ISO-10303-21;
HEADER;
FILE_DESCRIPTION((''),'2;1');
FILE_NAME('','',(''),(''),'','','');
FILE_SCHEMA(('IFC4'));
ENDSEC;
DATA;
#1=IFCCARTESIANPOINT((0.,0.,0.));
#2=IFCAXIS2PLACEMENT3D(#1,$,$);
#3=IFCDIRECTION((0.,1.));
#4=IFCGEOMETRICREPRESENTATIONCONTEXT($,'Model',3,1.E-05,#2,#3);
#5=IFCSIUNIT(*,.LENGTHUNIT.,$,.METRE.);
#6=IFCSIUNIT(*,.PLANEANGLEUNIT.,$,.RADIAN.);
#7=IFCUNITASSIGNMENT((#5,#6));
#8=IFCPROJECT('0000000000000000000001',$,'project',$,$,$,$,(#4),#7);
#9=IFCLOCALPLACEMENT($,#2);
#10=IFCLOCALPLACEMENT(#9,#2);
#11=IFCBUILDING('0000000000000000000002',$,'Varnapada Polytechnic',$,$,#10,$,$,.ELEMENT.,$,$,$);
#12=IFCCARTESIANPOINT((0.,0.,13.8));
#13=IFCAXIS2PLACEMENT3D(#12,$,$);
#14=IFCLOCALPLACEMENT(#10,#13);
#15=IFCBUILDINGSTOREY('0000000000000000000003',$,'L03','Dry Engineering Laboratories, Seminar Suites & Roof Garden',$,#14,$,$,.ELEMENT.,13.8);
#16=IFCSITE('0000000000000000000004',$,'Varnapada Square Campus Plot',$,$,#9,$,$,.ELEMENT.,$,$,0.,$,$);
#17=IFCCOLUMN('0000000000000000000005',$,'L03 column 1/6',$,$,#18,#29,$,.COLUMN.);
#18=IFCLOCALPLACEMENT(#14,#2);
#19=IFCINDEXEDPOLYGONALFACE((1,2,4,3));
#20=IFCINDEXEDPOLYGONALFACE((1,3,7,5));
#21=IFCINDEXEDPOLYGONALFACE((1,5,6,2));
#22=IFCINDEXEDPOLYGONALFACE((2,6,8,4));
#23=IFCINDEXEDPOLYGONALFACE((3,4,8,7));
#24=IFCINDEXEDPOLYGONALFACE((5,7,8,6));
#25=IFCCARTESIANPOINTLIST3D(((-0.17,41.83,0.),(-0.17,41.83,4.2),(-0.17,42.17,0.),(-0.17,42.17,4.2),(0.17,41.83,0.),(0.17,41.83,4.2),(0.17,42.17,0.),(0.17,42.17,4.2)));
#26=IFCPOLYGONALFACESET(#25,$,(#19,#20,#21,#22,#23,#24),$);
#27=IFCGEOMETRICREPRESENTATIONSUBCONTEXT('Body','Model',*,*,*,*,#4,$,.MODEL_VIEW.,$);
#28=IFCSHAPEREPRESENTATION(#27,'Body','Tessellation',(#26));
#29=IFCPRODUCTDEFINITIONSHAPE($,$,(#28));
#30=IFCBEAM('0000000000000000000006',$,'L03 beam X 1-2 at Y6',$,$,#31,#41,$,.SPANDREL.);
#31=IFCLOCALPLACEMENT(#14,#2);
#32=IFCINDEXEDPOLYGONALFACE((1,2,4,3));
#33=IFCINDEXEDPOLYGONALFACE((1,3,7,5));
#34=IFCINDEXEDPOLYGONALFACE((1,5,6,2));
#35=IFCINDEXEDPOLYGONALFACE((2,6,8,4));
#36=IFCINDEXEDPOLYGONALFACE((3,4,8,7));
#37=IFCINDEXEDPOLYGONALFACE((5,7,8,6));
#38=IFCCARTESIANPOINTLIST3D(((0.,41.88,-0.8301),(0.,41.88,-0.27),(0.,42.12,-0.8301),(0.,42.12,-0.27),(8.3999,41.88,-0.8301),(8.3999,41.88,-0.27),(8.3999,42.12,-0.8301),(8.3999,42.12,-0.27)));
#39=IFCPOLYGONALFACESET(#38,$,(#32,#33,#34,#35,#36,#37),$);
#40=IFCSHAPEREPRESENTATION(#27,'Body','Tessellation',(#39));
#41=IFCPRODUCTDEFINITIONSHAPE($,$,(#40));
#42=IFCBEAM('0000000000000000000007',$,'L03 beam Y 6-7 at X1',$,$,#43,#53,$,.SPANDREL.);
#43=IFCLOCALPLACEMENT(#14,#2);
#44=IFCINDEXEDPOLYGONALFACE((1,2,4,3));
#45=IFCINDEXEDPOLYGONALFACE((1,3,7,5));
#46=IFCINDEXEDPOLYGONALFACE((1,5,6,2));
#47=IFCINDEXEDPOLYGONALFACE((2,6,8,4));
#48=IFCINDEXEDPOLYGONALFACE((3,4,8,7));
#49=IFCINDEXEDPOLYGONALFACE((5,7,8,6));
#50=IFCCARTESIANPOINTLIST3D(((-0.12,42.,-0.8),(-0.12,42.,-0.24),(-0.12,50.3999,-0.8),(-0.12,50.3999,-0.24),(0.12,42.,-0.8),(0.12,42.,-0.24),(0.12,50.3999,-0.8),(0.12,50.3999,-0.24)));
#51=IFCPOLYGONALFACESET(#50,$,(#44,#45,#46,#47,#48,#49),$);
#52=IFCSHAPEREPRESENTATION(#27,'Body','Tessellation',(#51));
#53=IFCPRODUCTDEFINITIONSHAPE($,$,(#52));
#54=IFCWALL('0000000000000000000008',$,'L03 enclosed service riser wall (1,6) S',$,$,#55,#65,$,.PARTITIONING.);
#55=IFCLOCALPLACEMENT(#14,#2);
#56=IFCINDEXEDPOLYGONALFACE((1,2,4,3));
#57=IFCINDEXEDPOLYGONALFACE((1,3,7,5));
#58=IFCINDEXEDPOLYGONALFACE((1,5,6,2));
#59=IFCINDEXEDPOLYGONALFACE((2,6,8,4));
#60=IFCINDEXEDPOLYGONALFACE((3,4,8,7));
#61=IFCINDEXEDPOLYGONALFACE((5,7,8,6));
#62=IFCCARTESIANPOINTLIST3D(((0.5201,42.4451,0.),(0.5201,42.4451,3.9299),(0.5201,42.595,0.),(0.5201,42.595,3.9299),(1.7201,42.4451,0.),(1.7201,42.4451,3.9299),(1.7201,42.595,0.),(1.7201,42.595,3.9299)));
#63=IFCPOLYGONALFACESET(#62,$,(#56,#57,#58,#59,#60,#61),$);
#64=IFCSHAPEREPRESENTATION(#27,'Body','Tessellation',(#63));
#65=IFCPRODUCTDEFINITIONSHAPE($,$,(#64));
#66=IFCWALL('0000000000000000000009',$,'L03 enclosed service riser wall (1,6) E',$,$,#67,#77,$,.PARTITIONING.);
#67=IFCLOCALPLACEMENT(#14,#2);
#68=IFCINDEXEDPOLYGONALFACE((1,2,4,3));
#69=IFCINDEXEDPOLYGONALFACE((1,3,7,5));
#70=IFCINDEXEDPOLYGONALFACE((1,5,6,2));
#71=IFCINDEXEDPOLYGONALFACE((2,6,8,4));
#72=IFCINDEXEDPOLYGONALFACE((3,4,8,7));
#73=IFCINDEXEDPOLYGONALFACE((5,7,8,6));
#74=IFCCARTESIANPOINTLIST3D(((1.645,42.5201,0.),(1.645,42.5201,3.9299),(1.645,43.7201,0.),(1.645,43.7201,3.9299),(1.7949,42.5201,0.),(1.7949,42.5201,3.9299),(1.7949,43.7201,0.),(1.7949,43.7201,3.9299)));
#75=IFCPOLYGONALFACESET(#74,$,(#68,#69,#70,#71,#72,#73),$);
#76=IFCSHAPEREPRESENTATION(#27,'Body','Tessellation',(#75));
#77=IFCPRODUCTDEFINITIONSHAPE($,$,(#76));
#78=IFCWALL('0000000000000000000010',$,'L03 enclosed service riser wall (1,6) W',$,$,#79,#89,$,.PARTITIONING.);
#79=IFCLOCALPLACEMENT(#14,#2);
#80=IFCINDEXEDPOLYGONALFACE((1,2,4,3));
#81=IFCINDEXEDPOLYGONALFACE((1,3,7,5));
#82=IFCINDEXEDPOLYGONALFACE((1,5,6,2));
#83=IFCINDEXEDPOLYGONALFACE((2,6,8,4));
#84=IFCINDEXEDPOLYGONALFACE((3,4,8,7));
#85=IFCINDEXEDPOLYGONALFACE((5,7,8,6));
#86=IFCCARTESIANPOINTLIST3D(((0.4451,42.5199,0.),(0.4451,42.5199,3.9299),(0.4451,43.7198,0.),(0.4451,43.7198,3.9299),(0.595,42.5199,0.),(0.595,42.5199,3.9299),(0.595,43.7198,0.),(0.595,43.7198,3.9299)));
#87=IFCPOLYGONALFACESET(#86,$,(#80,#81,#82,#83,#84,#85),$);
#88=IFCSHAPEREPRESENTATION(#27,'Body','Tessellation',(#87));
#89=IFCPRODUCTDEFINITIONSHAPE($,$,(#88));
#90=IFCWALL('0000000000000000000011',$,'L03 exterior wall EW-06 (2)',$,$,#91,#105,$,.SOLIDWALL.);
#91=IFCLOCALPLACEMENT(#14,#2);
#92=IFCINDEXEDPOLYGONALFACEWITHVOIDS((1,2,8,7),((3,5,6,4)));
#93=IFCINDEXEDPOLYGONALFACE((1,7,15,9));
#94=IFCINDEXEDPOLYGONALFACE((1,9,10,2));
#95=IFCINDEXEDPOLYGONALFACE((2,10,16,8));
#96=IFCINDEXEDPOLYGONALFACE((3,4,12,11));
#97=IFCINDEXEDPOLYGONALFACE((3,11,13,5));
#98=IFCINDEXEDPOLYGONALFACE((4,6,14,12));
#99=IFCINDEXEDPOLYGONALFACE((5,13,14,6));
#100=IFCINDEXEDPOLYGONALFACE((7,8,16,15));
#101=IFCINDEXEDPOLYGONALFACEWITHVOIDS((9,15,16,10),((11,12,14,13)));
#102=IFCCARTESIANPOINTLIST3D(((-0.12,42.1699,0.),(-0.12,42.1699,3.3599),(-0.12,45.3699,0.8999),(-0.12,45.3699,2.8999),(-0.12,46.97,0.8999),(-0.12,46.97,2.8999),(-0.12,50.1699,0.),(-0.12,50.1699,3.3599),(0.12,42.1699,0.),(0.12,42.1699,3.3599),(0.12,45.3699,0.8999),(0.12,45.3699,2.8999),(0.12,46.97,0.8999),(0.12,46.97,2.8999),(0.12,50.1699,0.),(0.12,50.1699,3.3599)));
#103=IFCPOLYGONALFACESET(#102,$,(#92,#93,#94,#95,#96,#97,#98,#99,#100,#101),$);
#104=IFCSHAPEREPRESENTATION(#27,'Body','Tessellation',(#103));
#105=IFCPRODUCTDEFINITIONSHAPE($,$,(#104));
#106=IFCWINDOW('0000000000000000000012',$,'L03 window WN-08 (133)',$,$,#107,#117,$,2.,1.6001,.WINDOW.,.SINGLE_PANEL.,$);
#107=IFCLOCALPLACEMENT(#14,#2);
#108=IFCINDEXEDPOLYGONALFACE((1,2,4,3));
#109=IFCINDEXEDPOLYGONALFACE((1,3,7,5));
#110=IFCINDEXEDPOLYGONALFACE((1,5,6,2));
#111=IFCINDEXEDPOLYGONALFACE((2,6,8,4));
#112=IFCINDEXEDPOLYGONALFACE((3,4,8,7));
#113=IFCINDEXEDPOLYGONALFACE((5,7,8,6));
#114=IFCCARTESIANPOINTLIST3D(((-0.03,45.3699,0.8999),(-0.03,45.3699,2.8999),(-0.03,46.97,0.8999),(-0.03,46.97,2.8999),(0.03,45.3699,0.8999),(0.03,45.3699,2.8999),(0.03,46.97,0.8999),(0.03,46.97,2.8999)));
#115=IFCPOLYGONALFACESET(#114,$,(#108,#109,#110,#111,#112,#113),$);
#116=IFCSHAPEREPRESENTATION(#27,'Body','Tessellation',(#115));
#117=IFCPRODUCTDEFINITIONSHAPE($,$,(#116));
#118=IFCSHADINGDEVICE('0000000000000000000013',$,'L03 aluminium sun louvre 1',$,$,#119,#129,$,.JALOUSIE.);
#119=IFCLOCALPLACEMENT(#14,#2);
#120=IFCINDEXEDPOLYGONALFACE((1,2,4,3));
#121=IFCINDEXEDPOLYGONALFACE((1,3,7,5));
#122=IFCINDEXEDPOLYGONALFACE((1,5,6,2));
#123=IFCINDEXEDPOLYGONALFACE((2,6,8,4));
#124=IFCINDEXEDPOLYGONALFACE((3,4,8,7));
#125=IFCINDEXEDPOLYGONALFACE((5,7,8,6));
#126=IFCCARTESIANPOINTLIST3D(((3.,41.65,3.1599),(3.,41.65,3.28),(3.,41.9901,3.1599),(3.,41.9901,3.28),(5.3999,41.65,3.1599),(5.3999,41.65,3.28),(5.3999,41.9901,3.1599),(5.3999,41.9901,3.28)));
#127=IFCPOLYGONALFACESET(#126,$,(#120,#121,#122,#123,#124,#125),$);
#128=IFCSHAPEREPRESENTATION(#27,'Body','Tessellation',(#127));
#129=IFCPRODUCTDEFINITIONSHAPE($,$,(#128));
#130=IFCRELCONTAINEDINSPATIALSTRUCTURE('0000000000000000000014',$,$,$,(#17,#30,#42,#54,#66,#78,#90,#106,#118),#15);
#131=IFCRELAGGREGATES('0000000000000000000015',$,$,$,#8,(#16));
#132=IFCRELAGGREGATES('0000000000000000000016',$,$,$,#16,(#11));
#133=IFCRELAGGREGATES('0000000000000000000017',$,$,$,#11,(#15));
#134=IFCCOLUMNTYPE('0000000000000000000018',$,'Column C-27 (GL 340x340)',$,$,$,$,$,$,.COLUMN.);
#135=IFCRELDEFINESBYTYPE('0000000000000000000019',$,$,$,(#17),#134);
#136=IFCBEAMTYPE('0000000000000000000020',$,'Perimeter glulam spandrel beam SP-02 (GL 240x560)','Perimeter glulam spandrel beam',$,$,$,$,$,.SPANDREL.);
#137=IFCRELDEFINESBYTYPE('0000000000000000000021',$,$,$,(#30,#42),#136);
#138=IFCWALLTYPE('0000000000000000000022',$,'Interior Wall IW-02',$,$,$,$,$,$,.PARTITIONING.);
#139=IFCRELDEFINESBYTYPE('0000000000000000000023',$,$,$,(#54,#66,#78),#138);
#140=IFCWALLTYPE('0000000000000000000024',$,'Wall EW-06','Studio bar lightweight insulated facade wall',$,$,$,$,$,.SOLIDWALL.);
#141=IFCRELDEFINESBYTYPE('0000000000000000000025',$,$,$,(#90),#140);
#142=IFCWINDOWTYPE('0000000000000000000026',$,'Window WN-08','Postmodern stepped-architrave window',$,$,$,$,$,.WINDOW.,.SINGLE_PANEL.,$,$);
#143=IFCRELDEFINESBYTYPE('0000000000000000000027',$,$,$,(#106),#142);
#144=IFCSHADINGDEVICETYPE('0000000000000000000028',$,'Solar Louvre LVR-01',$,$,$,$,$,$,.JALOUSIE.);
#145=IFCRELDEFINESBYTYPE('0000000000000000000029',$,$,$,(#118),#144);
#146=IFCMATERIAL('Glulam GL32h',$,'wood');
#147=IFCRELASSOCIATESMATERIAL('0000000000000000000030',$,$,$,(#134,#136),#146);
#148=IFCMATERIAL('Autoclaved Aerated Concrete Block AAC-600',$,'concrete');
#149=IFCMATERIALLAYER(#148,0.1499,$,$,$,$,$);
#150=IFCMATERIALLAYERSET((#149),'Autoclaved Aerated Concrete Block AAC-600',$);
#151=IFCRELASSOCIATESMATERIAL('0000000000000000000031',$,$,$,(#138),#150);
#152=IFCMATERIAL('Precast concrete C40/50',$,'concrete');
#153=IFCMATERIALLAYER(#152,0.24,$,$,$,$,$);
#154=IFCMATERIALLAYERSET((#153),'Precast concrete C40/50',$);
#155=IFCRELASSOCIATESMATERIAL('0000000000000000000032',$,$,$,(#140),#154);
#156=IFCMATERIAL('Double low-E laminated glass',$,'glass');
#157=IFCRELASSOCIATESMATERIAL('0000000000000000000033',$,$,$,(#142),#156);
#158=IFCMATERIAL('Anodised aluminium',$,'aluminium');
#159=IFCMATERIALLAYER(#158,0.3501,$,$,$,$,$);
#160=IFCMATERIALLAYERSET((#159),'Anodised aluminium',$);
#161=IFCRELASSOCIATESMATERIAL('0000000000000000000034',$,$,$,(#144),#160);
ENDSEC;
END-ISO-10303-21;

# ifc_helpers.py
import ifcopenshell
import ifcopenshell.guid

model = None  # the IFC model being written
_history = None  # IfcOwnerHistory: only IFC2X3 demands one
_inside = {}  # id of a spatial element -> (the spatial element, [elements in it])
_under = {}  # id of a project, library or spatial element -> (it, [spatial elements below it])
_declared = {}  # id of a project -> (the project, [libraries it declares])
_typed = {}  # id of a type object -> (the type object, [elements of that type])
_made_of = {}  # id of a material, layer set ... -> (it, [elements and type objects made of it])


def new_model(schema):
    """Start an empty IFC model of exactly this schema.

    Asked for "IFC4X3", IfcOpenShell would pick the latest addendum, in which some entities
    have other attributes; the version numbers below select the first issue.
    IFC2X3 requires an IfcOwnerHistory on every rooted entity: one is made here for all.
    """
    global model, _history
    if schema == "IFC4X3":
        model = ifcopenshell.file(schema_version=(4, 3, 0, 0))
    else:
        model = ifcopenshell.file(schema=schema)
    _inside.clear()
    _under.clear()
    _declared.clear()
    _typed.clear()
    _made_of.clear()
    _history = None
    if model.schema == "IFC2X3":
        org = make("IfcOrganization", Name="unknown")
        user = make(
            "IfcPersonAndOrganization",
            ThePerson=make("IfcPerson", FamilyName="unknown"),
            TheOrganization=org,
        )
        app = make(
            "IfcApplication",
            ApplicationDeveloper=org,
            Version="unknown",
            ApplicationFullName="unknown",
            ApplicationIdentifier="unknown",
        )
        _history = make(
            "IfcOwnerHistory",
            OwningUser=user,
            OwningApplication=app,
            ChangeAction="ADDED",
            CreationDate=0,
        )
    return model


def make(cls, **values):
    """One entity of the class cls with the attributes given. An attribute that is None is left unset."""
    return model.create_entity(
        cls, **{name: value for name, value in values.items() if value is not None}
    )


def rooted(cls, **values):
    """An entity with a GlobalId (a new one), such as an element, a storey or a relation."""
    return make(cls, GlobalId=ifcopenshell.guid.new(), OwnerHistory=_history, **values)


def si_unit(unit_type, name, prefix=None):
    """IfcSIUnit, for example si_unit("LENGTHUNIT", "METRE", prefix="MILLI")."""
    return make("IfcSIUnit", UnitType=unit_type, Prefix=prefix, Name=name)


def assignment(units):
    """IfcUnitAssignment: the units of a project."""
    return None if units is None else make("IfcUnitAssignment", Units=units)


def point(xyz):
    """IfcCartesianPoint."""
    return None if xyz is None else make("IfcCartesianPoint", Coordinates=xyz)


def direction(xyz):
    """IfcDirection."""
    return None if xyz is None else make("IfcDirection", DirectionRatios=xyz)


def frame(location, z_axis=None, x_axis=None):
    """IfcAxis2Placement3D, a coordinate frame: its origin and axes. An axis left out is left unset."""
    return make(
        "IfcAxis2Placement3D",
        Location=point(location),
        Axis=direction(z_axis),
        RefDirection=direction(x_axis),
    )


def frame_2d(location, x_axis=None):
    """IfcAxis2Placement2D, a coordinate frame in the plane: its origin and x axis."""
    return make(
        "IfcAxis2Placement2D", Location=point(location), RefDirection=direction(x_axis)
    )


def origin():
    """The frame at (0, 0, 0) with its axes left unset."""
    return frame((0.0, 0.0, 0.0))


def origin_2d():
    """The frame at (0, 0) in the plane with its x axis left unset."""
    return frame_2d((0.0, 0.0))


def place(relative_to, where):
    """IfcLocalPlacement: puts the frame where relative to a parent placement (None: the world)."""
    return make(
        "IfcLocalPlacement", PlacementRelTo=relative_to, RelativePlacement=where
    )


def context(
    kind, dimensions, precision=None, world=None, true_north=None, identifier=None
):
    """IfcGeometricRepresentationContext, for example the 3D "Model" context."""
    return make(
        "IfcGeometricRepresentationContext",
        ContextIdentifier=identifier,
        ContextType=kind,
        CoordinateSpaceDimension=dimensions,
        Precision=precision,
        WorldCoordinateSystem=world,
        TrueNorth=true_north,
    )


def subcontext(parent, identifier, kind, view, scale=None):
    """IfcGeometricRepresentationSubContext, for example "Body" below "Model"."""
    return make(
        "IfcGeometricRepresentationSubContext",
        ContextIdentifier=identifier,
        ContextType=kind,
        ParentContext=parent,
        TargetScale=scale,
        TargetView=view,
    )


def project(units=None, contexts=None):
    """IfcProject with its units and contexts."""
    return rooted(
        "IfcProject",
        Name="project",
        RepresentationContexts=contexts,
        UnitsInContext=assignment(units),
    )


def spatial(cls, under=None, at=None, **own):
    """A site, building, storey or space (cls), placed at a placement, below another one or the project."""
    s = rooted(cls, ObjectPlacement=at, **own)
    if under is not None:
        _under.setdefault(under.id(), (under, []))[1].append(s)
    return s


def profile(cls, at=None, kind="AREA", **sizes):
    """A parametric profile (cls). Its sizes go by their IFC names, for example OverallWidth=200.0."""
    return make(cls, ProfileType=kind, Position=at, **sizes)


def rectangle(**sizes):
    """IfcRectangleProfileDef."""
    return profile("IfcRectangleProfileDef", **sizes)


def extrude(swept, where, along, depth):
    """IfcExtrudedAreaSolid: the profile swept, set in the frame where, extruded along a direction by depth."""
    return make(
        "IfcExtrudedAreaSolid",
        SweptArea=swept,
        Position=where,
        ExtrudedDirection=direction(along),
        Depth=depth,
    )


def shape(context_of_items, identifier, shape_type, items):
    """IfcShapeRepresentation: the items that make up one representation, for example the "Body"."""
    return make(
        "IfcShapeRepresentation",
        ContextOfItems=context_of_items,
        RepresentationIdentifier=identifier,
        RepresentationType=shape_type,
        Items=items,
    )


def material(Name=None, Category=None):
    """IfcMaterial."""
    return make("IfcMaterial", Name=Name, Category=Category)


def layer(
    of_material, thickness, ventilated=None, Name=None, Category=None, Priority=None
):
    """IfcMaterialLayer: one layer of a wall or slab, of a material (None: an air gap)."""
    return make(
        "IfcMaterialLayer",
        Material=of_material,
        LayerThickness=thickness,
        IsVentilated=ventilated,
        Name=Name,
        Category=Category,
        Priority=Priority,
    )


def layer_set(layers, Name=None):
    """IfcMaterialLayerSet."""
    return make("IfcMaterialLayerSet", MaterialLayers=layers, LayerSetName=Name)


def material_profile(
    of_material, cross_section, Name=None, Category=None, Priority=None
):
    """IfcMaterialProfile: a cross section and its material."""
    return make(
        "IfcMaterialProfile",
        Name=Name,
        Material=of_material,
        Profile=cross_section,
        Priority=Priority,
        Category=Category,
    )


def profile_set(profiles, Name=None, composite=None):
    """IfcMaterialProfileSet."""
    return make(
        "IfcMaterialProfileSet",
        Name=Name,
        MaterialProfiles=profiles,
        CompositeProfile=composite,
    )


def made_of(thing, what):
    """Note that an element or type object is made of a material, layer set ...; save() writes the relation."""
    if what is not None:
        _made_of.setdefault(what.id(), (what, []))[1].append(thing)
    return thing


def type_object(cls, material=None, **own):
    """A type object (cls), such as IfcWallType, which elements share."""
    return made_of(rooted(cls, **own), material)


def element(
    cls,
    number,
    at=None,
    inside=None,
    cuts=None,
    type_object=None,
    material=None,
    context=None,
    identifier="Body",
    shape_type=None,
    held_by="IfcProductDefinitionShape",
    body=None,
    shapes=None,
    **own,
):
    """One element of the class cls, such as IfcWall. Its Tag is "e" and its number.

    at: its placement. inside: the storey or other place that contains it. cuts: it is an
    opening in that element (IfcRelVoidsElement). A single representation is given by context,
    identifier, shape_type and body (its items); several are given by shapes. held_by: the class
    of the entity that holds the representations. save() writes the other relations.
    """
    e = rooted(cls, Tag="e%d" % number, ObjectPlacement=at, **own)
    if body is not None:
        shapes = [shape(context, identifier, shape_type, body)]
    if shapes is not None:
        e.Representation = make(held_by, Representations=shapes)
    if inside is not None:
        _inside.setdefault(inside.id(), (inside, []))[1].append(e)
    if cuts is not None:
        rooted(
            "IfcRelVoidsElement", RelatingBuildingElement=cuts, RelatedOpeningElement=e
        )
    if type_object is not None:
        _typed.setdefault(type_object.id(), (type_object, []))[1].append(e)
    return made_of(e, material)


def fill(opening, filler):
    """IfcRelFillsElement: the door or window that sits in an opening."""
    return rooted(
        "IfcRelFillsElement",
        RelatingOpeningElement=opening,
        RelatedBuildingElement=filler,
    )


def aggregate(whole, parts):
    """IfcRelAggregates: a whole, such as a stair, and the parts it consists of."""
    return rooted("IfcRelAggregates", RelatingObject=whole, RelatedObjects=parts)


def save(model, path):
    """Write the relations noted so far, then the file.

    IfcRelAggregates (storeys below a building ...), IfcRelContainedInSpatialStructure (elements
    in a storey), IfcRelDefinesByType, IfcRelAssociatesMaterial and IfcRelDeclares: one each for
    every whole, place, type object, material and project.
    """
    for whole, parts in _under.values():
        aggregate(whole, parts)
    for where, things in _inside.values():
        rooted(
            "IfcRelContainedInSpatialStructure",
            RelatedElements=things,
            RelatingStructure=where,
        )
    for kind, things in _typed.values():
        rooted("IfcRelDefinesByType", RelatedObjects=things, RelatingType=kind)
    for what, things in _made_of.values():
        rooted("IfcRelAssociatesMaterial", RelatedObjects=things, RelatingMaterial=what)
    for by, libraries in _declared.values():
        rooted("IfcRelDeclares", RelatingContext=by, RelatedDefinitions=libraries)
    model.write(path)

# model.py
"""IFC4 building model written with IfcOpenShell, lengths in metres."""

from ifc_helpers import new_model, si_unit, direction, frame, frame_2d, origin, origin_2d, place, context, subcontext, project, spatial, rectangle, extrude, material, layer, layer_set, material_profile, profile_set, type_object, element, fill, save


model = new_model("IFC4")

# Units and contexts
model_context = context("Model", 3, precision=1e-05, world=origin(), true_north=direction((0.0, 1.0)))
body_context = subcontext(model_context, "Body", "Model", "MODEL_VIEW")
ifc_project = project(units=[si_unit("LENGTHUNIT", "METRE"), si_unit("PLANEANGLEUNIT", "RADIAN")], contexts=[model_context])

# Site, building, storey
site_placement = place(None, origin())
site = spatial("IfcSite", under=ifc_project, at=site_placement, Name="Varnapada Square Campus Plot", CompositionType="ELEMENT", RefElevation=0.0)
building_placement = place(site_placement, origin())
building = spatial("IfcBuilding", under=site, at=building_placement, Name="Varnapada Polytechnic", CompositionType="ELEMENT")
storey_placement = place(building_placement, frame((0.0, 0.0, 13.8)))
storey = spatial("IfcBuildingStorey", under=building, at=storey_placement, Name="L03", Description="Dry Engineering Laboratories, Seminar Suites & Roof Garden", CompositionType="ELEMENT", Elevation=13.8)

# Column
ifc_material_1 = material(Name="Glulam GL32h", Category="wood")
ifc_material_profile_1 = material_profile(ifc_material_1, rectangle(XDim=0.3401, YDim=0.3401, at=origin_2d()), Name="GL 340x340")
ifc_profile_set_1 = profile_set([ifc_material_profile_1], Name="Glulam GL32h")
column_type = type_object("IfcColumnType", Name="Column C-27 (GL 340x340)", PredefinedType="COLUMN", material=ifc_profile_set_1)
column_placement = place(storey_placement, frame((0.0, 42.0, 0.0), z_axis=(0.0, 0.0, 1.0), x_axis=(1.0, 0.0, 0.0)))
element("IfcColumn", 1, at=column_placement, inside=storey, type_object=column_type, Name="L03 column 1/6", PredefinedType="COLUMN", context=body_context, shape_type="SweptSolid", body=[
    extrude(rectangle(XDim=0.3401, YDim=0.3401, at=origin_2d()), origin(), (0.0, 0.0, 1.0), 4.2),
])

# Beams
ifc_material_profile_2 = material_profile(ifc_material_1, rectangle(XDim=0.24, YDim=0.5601, at=origin_2d()), Name="GL 240x560")
ifc_profile_set_2 = profile_set([ifc_material_profile_2], Name="Glulam GL32h")
beam_type = type_object("IfcBeamType", Name="Perimeter glulam spandrel beam SP-02 (GL 240x560)", Description="Perimeter glulam spandrel beam", PredefinedType="SPANDREL", material=ifc_profile_set_2)
for number, where, z_axis, x_axis, name in (
    (2, (0.0, 42.0, -0.55), (1.0, 0.0, 0.0), (0.0, 1.0, 0.0), "L03 beam X 1-2 at Y6"),
    (3, (0.0, 42.0, -0.52), (0.0, 1.0, 0.0), (-1.0, 0.0, 0.0), "L03 beam Y 6-7 at X1"),
):
    element("IfcBeam", number, at=place(storey_placement, frame(where, z_axis=z_axis, x_axis=x_axis)), inside=storey, type_object=beam_type, Name=name, PredefinedType="SPANDREL", context=body_context, shape_type="SweptSolid", body=[
        extrude(rectangle(XDim=0.24, YDim=0.5601, at=origin_2d()), origin(), (0.0, 0.0, 1.0), 8.3999),
    ])

# Walls
ifc_material_2 = material(Name="Autoclaved Aerated Concrete Block AAC-600", Category="concrete")
ifc_layer_1 = layer(ifc_material_2, 0.1499)
ifc_layer_set_1 = layer_set([ifc_layer_1], Name="Autoclaved Aerated Concrete Block AAC-600")
wall_type_1 = type_object("IfcWallType", Name="Interior Wall IW-02", PredefinedType="PARTITIONING", material=ifc_layer_set_1)
for number, where, z_axis, x_axis, name in (
    (4, (0.52, 42.52, 0.0), (0.0, 0.0, 1.0), (1.0, 0.0, 0.0), "L03 enclosed service riser wall (1,6) S"),
    (5, (1.72, 42.52, 0.0), (0.0, 0.0, 1.0), (0.0, 1.0, 0.0), "L03 enclosed service riser wall (1,6) E"),
    (6, (0.52, 43.72, 0.0), (0.0, 0.0, 1.0), (0.0, -1.0, 0.0), "L03 enclosed service riser wall (1,6) W"),
):
    element("IfcWall", number, at=place(storey_placement, frame(where, z_axis=z_axis, x_axis=x_axis)), inside=storey, type_object=wall_type_1, Name=name, PredefinedType="PARTITIONING", context=body_context, shape_type="SweptSolid", body=[
        extrude(rectangle(XDim=1.2, YDim=0.1499, at=frame_2d((0.6001, 0.0))), origin(), (0.0, 0.0, 1.0), 3.9299),
    ])

# Wall, opening, window
ifc_material_3 = material(Name="Precast concrete C40/50", Category="concrete")
ifc_layer_2 = layer(ifc_material_3, 0.24)
ifc_layer_set_2 = layer_set([ifc_layer_2], Name="Precast concrete C40/50")
wall_type_2 = type_object("IfcWallType", Name="Wall EW-06", Description="Studio bar lightweight insulated facade wall", PredefinedType="SOLIDWALL", material=ifc_layer_set_2)
wall_placement = place(storey_placement, frame((0.0, 42.1699, 0.0), z_axis=(0.0, 0.0, 1.0), x_axis=(0.0, 1.0, 0.0)))
wall = element("IfcWall", 7, at=wall_placement, inside=storey, type_object=wall_type_2, Name="L03 exterior wall EW-06 (2)", PredefinedType="SOLIDWALL", context=body_context, shape_type="SweptSolid", body=[
    extrude(rectangle(XDim=8.0, YDim=0.24, at=frame_2d((4.0, 0.0))), origin(), (0.0, 0.0, 1.0), 3.3599),
])
opening_1_placement = place(wall_placement, frame((3.2, 0.0, 0.8999)))
opening_1 = element("IfcOpeningElement", 8, at=opening_1_placement, cuts=wall, PredefinedType="OPENING", context=body_context, shape_type="SweptSolid", body=[
    extrude(rectangle(XDim=1.6001, YDim=2.0, at=frame_2d((0.8, 1.0))), frame((0.0, 0.1299, 0.0), z_axis=(0.0, -1.0, 0.0), x_axis=(1.0, 0.0, 0.0)), (0.0, 0.0, 1.0), 0.26),
])
ifc_material_4 = material(Name="Double low-E laminated glass", Category="glass")
window_type = type_object("IfcWindowType", Name="Window WN-08", Description="Postmodern stepped-architrave window", PartitioningType="SINGLE_PANEL", PredefinedType="WINDOW", material=ifc_material_4)
window_placement = place(opening_1_placement, origin())
window = element("IfcWindow", 9, at=window_placement, inside=storey, type_object=window_type, Name="L03 window WN-08 (133)", OverallHeight=2.0, OverallWidth=1.6001, PartitioningType="SINGLE_PANEL", PredefinedType="WINDOW", context=body_context, shape_type="SweptSolid", body=[
    extrude(rectangle(XDim=1.6001, YDim=2.0, at=frame_2d((0.8, 1.0))), frame((0.0, 0.03, 0.0), z_axis=(0.0, -1.0, 0.0), x_axis=(1.0, 0.0, 0.0)), (0.0, 0.0, 1.0), 0.0601),
])
fill(opening_1, window)

# Shading device
ifc_material_5 = material(Name="Anodised aluminium", Category="aluminium")
ifc_layer_3 = layer(ifc_material_5, 0.3501)
ifc_layer_set_3 = layer_set([ifc_layer_3], Name="Anodised aluminium")
shading_device_type_1 = type_object("IfcShadingDeviceType", Name="Solar Louvre LVR-01", PredefinedType="JALOUSIE", material=ifc_layer_set_3)
shading_device_1_placement = place(storey_placement, frame((4.2, 41.8201, 3.1599), z_axis=(0.0, 0.0, 1.0), x_axis=(-1.0, 0.0, 0.0)))
element("IfcShadingDevice", 10, at=shading_device_1_placement, inside=storey, type_object=shading_device_type_1, Name="L03 aluminium sun louvre 1", PredefinedType="JALOUSIE", context=body_context, shape_type="SweptSolid", body=[
    extrude(rectangle(XDim=2.3999, YDim=0.3401, at=origin_2d()), origin(), (0.0, 0.0, 1.0), 0.1201),
])

save(model, "model.ifc")
